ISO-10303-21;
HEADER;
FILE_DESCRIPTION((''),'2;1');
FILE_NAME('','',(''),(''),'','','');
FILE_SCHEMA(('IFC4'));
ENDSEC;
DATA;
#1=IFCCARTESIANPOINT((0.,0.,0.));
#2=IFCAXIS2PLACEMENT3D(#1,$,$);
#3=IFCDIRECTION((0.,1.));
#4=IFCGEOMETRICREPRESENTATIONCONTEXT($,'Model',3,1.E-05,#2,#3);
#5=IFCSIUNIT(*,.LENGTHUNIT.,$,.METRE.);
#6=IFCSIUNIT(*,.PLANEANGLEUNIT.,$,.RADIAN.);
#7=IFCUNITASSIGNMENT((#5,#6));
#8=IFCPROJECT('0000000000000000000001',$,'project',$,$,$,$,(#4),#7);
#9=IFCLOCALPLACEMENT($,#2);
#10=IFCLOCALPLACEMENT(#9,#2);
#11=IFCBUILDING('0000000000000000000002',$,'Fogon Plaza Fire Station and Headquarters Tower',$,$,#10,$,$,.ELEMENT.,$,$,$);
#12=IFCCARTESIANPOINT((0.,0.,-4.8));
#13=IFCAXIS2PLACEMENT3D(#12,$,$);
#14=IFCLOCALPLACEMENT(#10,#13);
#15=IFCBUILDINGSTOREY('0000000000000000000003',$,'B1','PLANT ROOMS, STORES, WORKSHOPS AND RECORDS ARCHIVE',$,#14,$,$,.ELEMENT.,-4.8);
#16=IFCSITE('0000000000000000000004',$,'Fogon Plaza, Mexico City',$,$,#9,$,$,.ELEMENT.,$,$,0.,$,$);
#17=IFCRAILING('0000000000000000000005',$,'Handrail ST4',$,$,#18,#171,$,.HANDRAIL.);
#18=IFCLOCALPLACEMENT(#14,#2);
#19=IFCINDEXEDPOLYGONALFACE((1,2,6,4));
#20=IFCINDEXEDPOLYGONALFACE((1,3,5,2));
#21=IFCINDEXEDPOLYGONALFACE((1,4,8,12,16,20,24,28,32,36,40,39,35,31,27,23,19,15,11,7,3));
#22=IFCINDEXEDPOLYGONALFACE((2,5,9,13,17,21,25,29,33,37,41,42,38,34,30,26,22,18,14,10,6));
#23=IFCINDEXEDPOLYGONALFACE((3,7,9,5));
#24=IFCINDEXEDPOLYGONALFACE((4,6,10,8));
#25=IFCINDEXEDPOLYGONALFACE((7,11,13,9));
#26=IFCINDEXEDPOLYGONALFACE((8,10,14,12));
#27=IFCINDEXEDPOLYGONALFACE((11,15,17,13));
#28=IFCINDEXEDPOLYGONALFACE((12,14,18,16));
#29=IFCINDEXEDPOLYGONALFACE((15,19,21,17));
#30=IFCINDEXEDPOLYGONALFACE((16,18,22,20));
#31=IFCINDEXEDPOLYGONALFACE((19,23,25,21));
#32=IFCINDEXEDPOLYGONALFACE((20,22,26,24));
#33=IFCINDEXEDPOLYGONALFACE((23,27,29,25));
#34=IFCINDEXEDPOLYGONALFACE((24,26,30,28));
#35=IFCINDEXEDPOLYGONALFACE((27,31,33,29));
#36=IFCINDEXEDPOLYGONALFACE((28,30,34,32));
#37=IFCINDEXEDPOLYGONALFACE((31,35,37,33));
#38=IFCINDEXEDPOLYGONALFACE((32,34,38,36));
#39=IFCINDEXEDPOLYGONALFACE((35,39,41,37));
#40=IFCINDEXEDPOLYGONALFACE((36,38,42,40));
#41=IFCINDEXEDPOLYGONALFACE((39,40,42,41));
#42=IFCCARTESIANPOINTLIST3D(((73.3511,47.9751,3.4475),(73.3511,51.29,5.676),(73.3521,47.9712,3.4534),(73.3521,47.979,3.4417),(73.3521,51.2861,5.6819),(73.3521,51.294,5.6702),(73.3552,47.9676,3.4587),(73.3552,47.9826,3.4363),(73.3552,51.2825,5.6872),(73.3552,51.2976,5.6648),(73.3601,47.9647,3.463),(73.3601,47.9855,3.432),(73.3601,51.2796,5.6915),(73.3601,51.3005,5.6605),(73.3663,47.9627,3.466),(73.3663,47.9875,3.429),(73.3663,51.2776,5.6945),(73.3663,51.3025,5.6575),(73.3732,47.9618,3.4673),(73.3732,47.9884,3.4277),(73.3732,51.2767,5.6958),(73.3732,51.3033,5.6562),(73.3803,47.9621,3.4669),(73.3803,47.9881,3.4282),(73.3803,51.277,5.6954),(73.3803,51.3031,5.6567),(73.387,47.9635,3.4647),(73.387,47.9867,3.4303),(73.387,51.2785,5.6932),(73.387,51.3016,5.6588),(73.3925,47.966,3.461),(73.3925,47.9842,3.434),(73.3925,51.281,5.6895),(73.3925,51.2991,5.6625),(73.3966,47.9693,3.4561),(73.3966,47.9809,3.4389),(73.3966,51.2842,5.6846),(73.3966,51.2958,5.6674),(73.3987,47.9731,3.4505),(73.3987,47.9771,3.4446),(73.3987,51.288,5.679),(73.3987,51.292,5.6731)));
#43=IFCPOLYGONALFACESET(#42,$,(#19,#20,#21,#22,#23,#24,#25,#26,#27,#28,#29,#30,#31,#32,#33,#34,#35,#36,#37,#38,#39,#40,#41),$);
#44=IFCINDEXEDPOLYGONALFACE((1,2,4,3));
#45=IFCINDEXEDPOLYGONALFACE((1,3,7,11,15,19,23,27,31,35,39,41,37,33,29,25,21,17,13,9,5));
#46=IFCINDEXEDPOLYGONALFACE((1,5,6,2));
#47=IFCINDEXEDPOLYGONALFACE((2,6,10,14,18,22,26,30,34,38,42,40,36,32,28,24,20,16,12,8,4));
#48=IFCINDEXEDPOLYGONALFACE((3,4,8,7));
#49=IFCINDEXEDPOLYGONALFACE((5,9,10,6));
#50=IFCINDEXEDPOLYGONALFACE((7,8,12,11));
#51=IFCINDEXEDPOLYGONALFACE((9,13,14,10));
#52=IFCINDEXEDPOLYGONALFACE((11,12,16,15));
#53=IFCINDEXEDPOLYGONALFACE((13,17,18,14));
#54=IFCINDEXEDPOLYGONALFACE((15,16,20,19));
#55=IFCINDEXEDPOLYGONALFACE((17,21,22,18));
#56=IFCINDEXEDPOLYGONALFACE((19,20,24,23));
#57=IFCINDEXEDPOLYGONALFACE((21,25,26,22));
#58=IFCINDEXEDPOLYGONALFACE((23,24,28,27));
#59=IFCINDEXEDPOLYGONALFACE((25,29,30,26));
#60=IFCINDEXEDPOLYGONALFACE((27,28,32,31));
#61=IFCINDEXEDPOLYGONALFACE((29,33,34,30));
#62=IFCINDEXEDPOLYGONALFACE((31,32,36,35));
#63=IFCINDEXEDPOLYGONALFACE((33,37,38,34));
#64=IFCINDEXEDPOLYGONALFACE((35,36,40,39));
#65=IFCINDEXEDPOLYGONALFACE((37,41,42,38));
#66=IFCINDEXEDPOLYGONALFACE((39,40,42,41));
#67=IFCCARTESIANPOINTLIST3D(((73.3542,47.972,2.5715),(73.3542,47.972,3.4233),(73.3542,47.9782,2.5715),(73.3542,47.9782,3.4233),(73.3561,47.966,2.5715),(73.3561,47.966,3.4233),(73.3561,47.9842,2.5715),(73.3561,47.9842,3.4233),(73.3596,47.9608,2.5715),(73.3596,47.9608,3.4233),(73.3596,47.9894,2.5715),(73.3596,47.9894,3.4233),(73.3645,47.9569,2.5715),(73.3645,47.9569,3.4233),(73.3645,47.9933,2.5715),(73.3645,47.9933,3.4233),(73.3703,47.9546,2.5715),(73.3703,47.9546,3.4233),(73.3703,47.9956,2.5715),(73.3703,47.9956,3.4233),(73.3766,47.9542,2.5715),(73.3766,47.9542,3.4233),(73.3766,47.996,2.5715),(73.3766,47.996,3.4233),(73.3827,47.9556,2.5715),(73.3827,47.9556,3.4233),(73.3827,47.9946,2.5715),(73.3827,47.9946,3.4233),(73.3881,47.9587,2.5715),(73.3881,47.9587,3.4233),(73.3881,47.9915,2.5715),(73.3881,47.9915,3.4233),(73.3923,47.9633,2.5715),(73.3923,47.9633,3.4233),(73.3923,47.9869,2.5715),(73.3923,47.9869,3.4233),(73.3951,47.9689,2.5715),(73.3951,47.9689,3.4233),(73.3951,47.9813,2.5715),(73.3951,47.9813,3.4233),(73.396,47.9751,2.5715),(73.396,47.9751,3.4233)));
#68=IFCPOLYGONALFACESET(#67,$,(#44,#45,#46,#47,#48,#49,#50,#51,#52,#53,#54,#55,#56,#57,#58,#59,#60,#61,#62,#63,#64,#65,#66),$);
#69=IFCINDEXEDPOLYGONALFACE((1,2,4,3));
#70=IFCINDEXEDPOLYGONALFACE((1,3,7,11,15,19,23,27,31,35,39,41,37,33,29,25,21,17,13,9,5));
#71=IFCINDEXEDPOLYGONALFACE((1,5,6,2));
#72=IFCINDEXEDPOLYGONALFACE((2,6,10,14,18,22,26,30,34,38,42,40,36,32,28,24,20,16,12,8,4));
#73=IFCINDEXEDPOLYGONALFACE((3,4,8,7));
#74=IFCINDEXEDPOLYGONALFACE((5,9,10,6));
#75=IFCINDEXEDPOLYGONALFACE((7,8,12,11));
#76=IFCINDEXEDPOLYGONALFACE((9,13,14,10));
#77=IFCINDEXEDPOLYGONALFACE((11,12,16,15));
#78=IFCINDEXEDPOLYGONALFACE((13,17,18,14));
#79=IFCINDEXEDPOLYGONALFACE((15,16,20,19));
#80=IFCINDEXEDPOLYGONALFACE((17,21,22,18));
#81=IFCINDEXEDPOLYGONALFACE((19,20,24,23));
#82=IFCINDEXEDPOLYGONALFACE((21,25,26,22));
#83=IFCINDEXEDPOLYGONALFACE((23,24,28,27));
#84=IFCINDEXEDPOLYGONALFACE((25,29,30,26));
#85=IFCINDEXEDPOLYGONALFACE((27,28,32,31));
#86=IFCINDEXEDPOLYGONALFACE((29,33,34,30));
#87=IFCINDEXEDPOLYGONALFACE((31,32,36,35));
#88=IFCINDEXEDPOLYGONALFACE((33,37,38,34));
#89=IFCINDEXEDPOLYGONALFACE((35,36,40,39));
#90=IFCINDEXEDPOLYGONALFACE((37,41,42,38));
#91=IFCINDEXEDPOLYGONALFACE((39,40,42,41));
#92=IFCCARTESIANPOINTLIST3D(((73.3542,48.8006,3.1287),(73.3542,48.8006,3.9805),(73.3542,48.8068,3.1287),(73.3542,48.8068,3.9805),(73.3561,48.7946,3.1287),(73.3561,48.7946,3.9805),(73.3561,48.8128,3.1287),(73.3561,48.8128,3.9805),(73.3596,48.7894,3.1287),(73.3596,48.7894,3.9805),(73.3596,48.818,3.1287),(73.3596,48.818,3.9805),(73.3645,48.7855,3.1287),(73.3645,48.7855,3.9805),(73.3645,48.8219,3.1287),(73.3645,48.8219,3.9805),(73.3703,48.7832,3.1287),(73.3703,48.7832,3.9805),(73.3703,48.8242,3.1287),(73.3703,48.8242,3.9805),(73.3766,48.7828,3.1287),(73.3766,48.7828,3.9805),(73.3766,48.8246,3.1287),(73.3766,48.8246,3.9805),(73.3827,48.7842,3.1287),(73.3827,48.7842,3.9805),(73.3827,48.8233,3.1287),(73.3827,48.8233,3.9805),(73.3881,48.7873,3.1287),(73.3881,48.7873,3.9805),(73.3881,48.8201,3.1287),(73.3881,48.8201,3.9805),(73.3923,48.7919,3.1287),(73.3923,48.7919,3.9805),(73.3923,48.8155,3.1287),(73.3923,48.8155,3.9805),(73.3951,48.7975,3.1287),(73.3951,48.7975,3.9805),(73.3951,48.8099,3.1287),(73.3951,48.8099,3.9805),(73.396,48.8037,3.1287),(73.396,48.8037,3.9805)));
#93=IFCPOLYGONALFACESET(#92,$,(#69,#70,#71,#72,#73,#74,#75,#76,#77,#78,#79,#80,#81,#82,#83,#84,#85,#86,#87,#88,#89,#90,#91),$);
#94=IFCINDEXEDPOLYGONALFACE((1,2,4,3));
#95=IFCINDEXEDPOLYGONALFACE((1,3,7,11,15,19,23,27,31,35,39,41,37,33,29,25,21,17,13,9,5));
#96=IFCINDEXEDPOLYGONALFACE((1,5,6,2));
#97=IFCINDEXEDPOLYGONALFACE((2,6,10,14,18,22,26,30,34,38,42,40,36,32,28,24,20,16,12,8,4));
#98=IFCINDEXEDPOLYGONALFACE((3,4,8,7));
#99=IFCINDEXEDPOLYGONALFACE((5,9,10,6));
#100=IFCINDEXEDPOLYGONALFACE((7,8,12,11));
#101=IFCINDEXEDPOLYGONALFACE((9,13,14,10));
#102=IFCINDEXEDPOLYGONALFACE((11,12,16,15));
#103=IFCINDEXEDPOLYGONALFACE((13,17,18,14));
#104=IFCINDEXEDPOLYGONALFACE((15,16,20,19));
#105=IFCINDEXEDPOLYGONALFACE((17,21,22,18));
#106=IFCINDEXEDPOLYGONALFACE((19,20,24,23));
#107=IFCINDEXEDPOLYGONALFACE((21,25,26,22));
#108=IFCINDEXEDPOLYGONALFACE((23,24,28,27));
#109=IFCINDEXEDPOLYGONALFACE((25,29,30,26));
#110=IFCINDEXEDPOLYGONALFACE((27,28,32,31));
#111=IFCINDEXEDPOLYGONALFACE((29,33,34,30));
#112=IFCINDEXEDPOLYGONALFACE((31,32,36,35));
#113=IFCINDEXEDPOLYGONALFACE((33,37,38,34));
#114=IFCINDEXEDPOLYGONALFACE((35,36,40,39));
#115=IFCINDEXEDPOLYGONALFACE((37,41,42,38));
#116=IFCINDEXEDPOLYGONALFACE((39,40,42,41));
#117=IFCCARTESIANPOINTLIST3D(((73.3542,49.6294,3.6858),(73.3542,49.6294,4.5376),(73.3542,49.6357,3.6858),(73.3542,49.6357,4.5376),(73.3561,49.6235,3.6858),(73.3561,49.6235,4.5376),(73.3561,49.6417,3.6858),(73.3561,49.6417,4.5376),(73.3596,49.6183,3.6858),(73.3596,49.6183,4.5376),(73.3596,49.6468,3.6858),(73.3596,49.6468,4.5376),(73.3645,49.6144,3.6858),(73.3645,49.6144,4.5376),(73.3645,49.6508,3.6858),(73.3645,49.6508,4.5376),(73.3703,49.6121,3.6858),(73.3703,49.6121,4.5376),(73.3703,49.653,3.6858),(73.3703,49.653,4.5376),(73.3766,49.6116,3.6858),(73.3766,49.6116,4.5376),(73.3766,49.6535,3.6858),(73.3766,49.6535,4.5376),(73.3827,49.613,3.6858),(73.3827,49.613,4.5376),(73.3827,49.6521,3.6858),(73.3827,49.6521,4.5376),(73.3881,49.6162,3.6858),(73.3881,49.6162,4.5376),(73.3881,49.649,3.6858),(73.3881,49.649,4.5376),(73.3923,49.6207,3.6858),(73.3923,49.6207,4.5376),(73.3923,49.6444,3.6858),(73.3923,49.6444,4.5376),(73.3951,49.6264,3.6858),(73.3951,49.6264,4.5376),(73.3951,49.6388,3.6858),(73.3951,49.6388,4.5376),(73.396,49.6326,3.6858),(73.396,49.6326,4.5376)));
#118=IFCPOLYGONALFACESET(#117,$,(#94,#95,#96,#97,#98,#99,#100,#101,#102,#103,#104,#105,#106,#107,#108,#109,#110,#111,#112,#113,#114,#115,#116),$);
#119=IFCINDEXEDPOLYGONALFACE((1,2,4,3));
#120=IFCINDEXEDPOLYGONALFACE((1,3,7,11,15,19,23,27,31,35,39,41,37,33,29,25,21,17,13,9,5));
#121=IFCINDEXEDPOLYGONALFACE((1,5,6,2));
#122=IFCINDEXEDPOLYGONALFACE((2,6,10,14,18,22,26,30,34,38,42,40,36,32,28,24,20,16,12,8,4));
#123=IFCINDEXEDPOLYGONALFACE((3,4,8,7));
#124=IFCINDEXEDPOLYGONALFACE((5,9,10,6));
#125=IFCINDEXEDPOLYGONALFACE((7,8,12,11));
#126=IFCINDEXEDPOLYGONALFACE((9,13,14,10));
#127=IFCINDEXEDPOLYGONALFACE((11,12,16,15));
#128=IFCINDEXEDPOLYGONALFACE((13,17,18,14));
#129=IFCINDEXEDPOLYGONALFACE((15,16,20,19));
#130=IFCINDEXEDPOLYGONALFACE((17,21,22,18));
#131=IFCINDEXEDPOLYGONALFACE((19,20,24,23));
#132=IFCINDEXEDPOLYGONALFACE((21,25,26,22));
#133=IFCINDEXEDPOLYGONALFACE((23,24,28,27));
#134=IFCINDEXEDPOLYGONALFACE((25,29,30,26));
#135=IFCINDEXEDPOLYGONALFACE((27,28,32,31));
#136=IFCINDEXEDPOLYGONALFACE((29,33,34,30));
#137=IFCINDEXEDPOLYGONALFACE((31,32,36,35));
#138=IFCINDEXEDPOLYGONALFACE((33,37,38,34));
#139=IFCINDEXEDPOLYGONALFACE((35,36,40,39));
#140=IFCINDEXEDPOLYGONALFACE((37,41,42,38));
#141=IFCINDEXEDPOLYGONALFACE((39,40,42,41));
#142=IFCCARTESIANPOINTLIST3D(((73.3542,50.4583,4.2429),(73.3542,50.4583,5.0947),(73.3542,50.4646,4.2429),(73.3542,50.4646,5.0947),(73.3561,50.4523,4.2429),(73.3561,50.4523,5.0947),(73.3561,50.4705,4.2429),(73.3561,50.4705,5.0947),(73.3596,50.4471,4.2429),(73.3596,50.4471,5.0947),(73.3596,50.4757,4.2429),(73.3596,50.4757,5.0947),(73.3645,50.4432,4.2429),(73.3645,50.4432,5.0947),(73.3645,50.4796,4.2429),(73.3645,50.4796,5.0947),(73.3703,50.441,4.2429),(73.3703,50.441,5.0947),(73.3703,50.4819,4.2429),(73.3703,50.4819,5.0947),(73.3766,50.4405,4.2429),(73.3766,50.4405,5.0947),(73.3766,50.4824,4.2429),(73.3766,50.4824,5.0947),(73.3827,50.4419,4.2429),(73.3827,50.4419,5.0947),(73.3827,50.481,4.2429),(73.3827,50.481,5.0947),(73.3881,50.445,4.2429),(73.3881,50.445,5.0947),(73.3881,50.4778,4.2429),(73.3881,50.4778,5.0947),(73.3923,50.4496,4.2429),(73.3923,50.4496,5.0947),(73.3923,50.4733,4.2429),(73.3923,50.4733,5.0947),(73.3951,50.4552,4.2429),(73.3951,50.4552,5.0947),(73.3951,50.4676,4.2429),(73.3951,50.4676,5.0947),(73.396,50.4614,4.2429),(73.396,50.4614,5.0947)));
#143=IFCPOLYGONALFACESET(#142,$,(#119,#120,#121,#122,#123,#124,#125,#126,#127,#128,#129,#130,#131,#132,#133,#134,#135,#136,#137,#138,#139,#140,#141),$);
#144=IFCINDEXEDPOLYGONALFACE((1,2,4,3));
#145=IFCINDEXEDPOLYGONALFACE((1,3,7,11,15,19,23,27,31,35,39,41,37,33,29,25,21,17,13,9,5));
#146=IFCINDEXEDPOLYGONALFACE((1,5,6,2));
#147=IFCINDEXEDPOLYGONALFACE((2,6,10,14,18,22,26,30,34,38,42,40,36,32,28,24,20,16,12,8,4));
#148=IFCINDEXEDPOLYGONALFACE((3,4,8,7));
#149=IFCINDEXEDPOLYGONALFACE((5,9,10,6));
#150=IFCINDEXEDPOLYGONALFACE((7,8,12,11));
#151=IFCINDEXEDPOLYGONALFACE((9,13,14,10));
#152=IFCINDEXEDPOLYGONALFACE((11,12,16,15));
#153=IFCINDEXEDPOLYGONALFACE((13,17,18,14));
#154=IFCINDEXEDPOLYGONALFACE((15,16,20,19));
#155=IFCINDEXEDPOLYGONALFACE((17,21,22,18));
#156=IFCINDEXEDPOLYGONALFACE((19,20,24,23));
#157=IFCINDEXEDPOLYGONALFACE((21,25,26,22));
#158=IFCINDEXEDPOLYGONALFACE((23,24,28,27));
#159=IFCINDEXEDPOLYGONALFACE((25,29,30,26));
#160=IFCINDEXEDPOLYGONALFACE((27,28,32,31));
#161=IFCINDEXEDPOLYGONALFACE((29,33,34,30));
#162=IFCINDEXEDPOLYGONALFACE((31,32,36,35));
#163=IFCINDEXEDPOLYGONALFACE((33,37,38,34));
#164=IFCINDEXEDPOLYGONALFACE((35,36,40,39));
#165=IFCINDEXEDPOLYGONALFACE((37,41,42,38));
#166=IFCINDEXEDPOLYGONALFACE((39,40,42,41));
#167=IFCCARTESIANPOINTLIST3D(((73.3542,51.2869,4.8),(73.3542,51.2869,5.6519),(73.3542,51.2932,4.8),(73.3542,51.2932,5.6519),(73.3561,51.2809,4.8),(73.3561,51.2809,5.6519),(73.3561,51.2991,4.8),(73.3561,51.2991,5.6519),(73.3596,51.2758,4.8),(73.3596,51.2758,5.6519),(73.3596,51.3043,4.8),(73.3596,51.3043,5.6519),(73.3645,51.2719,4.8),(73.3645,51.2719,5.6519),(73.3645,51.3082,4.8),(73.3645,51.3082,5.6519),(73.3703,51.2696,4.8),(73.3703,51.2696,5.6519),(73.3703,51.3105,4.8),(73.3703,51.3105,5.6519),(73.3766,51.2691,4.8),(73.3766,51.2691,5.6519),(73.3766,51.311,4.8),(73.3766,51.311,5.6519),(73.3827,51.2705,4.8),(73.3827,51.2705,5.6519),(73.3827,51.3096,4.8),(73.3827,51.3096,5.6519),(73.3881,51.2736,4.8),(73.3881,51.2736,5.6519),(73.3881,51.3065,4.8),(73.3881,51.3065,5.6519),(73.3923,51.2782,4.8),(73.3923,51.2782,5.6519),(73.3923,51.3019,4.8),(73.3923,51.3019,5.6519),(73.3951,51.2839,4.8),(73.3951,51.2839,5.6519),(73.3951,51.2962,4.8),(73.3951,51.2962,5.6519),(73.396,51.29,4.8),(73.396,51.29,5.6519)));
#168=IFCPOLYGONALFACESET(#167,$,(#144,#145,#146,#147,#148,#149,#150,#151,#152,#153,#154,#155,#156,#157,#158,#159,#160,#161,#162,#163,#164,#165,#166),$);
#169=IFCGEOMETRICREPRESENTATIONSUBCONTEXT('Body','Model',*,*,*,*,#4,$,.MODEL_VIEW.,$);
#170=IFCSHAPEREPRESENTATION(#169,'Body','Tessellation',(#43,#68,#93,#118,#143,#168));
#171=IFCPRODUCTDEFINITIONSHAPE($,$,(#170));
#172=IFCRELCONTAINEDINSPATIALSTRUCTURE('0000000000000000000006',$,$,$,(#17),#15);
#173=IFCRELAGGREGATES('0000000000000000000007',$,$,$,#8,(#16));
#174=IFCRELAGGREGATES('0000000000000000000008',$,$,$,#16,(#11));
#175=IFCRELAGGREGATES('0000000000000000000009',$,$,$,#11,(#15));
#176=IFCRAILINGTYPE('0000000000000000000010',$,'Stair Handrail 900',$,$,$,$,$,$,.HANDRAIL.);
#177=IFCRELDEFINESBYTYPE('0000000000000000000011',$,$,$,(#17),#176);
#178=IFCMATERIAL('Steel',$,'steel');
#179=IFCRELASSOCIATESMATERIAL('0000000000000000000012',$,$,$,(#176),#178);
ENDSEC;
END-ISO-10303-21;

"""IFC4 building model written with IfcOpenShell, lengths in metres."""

from ifc_helpers import new_model, si_unit, direction, frame, origin, origin_2d, place, context, subcontext, project, spatial, circle, extrude, material, type_object, element, save


model = new_model("IFC4")

# Units and contexts
model_context = context("Model", 3, precision=1e-05, world=origin(), true_north=direction((0.0, 1.0)))
body_context = subcontext(model_context, "Body", "Model", "MODEL_VIEW")
ifc_project = project(units=[si_unit("LENGTHUNIT", "METRE"), si_unit("PLANEANGLEUNIT", "RADIAN")], contexts=[model_context])

# Site, building, storey
site_placement = place(None, origin())
site = spatial("IfcSite", under=ifc_project, at=site_placement, Name="Fogon Plaza, Mexico City", CompositionType="ELEMENT", RefElevation=0.0)
building_placement = place(site_placement, origin())
building = spatial("IfcBuilding", under=site, at=building_placement, Name="Fogon Plaza Fire Station and Headquarters Tower", CompositionType="ELEMENT")
storey_placement = place(building_placement, frame((0.0, 0.0, -4.8)))
storey = spatial("IfcBuildingStorey", under=building, at=storey_placement, Name="B1", Description="PLANT ROOMS, STORES, WORKSHOPS AND RECORDS ARCHIVE", CompositionType="ELEMENT", Elevation=-4.8)

# Railing
ifc_material_1 = material(Name="Steel", Category="steel")
railing_type = type_object("IfcRailingType", Name="Stair Handrail 900", PredefinedType="HANDRAIL", material=ifc_material_1)
for number, where, name in (
    (1, (73.375, 47.9751, 2.5715), "Handrail ST4"),
):
    element("IfcRailing", number, at=place(storey_placement, frame(where)), inside=storey, type_object=railing_type, Name=name, PredefinedType="HANDRAIL", context=body_context, shape_type="SweptSolid", body=[
        extrude(circle(Radius=0.0239, at=origin_2d()), frame((0.0, 0.0, 0.876), z_axis=(0.0, 0.8299, 0.557912), x_axis=(-1.0, 0.0, 0.0)), (0.0, 0.0, 1.0), 3.9944),
        extrude(circle(Radius=0.021, at=origin_2d()), origin(), (0.0, 0.0, 1.0), 0.8518),
        extrude(circle(Radius=0.021, at=origin_2d()), frame((0.0, 0.8286, 0.5571)), (0.0, 0.0, 1.0), 0.8518),
        extrude(circle(Radius=0.021, at=origin_2d()), frame((0.0, 1.6575, 1.1143)), (0.0, 0.0, 1.0), 0.8518),
        extrude(circle(Radius=0.021, at=origin_2d()), frame((0.0, 2.4863, 1.6714)), (0.0, 0.0, 1.0), 0.8518),
        extrude(circle(Radius=0.021, at=origin_2d()), frame((0.0, 3.3149, 2.2285)), (0.0, 0.0, 1.0), 0.8518),
    ])

save(model, "model.ifc")
